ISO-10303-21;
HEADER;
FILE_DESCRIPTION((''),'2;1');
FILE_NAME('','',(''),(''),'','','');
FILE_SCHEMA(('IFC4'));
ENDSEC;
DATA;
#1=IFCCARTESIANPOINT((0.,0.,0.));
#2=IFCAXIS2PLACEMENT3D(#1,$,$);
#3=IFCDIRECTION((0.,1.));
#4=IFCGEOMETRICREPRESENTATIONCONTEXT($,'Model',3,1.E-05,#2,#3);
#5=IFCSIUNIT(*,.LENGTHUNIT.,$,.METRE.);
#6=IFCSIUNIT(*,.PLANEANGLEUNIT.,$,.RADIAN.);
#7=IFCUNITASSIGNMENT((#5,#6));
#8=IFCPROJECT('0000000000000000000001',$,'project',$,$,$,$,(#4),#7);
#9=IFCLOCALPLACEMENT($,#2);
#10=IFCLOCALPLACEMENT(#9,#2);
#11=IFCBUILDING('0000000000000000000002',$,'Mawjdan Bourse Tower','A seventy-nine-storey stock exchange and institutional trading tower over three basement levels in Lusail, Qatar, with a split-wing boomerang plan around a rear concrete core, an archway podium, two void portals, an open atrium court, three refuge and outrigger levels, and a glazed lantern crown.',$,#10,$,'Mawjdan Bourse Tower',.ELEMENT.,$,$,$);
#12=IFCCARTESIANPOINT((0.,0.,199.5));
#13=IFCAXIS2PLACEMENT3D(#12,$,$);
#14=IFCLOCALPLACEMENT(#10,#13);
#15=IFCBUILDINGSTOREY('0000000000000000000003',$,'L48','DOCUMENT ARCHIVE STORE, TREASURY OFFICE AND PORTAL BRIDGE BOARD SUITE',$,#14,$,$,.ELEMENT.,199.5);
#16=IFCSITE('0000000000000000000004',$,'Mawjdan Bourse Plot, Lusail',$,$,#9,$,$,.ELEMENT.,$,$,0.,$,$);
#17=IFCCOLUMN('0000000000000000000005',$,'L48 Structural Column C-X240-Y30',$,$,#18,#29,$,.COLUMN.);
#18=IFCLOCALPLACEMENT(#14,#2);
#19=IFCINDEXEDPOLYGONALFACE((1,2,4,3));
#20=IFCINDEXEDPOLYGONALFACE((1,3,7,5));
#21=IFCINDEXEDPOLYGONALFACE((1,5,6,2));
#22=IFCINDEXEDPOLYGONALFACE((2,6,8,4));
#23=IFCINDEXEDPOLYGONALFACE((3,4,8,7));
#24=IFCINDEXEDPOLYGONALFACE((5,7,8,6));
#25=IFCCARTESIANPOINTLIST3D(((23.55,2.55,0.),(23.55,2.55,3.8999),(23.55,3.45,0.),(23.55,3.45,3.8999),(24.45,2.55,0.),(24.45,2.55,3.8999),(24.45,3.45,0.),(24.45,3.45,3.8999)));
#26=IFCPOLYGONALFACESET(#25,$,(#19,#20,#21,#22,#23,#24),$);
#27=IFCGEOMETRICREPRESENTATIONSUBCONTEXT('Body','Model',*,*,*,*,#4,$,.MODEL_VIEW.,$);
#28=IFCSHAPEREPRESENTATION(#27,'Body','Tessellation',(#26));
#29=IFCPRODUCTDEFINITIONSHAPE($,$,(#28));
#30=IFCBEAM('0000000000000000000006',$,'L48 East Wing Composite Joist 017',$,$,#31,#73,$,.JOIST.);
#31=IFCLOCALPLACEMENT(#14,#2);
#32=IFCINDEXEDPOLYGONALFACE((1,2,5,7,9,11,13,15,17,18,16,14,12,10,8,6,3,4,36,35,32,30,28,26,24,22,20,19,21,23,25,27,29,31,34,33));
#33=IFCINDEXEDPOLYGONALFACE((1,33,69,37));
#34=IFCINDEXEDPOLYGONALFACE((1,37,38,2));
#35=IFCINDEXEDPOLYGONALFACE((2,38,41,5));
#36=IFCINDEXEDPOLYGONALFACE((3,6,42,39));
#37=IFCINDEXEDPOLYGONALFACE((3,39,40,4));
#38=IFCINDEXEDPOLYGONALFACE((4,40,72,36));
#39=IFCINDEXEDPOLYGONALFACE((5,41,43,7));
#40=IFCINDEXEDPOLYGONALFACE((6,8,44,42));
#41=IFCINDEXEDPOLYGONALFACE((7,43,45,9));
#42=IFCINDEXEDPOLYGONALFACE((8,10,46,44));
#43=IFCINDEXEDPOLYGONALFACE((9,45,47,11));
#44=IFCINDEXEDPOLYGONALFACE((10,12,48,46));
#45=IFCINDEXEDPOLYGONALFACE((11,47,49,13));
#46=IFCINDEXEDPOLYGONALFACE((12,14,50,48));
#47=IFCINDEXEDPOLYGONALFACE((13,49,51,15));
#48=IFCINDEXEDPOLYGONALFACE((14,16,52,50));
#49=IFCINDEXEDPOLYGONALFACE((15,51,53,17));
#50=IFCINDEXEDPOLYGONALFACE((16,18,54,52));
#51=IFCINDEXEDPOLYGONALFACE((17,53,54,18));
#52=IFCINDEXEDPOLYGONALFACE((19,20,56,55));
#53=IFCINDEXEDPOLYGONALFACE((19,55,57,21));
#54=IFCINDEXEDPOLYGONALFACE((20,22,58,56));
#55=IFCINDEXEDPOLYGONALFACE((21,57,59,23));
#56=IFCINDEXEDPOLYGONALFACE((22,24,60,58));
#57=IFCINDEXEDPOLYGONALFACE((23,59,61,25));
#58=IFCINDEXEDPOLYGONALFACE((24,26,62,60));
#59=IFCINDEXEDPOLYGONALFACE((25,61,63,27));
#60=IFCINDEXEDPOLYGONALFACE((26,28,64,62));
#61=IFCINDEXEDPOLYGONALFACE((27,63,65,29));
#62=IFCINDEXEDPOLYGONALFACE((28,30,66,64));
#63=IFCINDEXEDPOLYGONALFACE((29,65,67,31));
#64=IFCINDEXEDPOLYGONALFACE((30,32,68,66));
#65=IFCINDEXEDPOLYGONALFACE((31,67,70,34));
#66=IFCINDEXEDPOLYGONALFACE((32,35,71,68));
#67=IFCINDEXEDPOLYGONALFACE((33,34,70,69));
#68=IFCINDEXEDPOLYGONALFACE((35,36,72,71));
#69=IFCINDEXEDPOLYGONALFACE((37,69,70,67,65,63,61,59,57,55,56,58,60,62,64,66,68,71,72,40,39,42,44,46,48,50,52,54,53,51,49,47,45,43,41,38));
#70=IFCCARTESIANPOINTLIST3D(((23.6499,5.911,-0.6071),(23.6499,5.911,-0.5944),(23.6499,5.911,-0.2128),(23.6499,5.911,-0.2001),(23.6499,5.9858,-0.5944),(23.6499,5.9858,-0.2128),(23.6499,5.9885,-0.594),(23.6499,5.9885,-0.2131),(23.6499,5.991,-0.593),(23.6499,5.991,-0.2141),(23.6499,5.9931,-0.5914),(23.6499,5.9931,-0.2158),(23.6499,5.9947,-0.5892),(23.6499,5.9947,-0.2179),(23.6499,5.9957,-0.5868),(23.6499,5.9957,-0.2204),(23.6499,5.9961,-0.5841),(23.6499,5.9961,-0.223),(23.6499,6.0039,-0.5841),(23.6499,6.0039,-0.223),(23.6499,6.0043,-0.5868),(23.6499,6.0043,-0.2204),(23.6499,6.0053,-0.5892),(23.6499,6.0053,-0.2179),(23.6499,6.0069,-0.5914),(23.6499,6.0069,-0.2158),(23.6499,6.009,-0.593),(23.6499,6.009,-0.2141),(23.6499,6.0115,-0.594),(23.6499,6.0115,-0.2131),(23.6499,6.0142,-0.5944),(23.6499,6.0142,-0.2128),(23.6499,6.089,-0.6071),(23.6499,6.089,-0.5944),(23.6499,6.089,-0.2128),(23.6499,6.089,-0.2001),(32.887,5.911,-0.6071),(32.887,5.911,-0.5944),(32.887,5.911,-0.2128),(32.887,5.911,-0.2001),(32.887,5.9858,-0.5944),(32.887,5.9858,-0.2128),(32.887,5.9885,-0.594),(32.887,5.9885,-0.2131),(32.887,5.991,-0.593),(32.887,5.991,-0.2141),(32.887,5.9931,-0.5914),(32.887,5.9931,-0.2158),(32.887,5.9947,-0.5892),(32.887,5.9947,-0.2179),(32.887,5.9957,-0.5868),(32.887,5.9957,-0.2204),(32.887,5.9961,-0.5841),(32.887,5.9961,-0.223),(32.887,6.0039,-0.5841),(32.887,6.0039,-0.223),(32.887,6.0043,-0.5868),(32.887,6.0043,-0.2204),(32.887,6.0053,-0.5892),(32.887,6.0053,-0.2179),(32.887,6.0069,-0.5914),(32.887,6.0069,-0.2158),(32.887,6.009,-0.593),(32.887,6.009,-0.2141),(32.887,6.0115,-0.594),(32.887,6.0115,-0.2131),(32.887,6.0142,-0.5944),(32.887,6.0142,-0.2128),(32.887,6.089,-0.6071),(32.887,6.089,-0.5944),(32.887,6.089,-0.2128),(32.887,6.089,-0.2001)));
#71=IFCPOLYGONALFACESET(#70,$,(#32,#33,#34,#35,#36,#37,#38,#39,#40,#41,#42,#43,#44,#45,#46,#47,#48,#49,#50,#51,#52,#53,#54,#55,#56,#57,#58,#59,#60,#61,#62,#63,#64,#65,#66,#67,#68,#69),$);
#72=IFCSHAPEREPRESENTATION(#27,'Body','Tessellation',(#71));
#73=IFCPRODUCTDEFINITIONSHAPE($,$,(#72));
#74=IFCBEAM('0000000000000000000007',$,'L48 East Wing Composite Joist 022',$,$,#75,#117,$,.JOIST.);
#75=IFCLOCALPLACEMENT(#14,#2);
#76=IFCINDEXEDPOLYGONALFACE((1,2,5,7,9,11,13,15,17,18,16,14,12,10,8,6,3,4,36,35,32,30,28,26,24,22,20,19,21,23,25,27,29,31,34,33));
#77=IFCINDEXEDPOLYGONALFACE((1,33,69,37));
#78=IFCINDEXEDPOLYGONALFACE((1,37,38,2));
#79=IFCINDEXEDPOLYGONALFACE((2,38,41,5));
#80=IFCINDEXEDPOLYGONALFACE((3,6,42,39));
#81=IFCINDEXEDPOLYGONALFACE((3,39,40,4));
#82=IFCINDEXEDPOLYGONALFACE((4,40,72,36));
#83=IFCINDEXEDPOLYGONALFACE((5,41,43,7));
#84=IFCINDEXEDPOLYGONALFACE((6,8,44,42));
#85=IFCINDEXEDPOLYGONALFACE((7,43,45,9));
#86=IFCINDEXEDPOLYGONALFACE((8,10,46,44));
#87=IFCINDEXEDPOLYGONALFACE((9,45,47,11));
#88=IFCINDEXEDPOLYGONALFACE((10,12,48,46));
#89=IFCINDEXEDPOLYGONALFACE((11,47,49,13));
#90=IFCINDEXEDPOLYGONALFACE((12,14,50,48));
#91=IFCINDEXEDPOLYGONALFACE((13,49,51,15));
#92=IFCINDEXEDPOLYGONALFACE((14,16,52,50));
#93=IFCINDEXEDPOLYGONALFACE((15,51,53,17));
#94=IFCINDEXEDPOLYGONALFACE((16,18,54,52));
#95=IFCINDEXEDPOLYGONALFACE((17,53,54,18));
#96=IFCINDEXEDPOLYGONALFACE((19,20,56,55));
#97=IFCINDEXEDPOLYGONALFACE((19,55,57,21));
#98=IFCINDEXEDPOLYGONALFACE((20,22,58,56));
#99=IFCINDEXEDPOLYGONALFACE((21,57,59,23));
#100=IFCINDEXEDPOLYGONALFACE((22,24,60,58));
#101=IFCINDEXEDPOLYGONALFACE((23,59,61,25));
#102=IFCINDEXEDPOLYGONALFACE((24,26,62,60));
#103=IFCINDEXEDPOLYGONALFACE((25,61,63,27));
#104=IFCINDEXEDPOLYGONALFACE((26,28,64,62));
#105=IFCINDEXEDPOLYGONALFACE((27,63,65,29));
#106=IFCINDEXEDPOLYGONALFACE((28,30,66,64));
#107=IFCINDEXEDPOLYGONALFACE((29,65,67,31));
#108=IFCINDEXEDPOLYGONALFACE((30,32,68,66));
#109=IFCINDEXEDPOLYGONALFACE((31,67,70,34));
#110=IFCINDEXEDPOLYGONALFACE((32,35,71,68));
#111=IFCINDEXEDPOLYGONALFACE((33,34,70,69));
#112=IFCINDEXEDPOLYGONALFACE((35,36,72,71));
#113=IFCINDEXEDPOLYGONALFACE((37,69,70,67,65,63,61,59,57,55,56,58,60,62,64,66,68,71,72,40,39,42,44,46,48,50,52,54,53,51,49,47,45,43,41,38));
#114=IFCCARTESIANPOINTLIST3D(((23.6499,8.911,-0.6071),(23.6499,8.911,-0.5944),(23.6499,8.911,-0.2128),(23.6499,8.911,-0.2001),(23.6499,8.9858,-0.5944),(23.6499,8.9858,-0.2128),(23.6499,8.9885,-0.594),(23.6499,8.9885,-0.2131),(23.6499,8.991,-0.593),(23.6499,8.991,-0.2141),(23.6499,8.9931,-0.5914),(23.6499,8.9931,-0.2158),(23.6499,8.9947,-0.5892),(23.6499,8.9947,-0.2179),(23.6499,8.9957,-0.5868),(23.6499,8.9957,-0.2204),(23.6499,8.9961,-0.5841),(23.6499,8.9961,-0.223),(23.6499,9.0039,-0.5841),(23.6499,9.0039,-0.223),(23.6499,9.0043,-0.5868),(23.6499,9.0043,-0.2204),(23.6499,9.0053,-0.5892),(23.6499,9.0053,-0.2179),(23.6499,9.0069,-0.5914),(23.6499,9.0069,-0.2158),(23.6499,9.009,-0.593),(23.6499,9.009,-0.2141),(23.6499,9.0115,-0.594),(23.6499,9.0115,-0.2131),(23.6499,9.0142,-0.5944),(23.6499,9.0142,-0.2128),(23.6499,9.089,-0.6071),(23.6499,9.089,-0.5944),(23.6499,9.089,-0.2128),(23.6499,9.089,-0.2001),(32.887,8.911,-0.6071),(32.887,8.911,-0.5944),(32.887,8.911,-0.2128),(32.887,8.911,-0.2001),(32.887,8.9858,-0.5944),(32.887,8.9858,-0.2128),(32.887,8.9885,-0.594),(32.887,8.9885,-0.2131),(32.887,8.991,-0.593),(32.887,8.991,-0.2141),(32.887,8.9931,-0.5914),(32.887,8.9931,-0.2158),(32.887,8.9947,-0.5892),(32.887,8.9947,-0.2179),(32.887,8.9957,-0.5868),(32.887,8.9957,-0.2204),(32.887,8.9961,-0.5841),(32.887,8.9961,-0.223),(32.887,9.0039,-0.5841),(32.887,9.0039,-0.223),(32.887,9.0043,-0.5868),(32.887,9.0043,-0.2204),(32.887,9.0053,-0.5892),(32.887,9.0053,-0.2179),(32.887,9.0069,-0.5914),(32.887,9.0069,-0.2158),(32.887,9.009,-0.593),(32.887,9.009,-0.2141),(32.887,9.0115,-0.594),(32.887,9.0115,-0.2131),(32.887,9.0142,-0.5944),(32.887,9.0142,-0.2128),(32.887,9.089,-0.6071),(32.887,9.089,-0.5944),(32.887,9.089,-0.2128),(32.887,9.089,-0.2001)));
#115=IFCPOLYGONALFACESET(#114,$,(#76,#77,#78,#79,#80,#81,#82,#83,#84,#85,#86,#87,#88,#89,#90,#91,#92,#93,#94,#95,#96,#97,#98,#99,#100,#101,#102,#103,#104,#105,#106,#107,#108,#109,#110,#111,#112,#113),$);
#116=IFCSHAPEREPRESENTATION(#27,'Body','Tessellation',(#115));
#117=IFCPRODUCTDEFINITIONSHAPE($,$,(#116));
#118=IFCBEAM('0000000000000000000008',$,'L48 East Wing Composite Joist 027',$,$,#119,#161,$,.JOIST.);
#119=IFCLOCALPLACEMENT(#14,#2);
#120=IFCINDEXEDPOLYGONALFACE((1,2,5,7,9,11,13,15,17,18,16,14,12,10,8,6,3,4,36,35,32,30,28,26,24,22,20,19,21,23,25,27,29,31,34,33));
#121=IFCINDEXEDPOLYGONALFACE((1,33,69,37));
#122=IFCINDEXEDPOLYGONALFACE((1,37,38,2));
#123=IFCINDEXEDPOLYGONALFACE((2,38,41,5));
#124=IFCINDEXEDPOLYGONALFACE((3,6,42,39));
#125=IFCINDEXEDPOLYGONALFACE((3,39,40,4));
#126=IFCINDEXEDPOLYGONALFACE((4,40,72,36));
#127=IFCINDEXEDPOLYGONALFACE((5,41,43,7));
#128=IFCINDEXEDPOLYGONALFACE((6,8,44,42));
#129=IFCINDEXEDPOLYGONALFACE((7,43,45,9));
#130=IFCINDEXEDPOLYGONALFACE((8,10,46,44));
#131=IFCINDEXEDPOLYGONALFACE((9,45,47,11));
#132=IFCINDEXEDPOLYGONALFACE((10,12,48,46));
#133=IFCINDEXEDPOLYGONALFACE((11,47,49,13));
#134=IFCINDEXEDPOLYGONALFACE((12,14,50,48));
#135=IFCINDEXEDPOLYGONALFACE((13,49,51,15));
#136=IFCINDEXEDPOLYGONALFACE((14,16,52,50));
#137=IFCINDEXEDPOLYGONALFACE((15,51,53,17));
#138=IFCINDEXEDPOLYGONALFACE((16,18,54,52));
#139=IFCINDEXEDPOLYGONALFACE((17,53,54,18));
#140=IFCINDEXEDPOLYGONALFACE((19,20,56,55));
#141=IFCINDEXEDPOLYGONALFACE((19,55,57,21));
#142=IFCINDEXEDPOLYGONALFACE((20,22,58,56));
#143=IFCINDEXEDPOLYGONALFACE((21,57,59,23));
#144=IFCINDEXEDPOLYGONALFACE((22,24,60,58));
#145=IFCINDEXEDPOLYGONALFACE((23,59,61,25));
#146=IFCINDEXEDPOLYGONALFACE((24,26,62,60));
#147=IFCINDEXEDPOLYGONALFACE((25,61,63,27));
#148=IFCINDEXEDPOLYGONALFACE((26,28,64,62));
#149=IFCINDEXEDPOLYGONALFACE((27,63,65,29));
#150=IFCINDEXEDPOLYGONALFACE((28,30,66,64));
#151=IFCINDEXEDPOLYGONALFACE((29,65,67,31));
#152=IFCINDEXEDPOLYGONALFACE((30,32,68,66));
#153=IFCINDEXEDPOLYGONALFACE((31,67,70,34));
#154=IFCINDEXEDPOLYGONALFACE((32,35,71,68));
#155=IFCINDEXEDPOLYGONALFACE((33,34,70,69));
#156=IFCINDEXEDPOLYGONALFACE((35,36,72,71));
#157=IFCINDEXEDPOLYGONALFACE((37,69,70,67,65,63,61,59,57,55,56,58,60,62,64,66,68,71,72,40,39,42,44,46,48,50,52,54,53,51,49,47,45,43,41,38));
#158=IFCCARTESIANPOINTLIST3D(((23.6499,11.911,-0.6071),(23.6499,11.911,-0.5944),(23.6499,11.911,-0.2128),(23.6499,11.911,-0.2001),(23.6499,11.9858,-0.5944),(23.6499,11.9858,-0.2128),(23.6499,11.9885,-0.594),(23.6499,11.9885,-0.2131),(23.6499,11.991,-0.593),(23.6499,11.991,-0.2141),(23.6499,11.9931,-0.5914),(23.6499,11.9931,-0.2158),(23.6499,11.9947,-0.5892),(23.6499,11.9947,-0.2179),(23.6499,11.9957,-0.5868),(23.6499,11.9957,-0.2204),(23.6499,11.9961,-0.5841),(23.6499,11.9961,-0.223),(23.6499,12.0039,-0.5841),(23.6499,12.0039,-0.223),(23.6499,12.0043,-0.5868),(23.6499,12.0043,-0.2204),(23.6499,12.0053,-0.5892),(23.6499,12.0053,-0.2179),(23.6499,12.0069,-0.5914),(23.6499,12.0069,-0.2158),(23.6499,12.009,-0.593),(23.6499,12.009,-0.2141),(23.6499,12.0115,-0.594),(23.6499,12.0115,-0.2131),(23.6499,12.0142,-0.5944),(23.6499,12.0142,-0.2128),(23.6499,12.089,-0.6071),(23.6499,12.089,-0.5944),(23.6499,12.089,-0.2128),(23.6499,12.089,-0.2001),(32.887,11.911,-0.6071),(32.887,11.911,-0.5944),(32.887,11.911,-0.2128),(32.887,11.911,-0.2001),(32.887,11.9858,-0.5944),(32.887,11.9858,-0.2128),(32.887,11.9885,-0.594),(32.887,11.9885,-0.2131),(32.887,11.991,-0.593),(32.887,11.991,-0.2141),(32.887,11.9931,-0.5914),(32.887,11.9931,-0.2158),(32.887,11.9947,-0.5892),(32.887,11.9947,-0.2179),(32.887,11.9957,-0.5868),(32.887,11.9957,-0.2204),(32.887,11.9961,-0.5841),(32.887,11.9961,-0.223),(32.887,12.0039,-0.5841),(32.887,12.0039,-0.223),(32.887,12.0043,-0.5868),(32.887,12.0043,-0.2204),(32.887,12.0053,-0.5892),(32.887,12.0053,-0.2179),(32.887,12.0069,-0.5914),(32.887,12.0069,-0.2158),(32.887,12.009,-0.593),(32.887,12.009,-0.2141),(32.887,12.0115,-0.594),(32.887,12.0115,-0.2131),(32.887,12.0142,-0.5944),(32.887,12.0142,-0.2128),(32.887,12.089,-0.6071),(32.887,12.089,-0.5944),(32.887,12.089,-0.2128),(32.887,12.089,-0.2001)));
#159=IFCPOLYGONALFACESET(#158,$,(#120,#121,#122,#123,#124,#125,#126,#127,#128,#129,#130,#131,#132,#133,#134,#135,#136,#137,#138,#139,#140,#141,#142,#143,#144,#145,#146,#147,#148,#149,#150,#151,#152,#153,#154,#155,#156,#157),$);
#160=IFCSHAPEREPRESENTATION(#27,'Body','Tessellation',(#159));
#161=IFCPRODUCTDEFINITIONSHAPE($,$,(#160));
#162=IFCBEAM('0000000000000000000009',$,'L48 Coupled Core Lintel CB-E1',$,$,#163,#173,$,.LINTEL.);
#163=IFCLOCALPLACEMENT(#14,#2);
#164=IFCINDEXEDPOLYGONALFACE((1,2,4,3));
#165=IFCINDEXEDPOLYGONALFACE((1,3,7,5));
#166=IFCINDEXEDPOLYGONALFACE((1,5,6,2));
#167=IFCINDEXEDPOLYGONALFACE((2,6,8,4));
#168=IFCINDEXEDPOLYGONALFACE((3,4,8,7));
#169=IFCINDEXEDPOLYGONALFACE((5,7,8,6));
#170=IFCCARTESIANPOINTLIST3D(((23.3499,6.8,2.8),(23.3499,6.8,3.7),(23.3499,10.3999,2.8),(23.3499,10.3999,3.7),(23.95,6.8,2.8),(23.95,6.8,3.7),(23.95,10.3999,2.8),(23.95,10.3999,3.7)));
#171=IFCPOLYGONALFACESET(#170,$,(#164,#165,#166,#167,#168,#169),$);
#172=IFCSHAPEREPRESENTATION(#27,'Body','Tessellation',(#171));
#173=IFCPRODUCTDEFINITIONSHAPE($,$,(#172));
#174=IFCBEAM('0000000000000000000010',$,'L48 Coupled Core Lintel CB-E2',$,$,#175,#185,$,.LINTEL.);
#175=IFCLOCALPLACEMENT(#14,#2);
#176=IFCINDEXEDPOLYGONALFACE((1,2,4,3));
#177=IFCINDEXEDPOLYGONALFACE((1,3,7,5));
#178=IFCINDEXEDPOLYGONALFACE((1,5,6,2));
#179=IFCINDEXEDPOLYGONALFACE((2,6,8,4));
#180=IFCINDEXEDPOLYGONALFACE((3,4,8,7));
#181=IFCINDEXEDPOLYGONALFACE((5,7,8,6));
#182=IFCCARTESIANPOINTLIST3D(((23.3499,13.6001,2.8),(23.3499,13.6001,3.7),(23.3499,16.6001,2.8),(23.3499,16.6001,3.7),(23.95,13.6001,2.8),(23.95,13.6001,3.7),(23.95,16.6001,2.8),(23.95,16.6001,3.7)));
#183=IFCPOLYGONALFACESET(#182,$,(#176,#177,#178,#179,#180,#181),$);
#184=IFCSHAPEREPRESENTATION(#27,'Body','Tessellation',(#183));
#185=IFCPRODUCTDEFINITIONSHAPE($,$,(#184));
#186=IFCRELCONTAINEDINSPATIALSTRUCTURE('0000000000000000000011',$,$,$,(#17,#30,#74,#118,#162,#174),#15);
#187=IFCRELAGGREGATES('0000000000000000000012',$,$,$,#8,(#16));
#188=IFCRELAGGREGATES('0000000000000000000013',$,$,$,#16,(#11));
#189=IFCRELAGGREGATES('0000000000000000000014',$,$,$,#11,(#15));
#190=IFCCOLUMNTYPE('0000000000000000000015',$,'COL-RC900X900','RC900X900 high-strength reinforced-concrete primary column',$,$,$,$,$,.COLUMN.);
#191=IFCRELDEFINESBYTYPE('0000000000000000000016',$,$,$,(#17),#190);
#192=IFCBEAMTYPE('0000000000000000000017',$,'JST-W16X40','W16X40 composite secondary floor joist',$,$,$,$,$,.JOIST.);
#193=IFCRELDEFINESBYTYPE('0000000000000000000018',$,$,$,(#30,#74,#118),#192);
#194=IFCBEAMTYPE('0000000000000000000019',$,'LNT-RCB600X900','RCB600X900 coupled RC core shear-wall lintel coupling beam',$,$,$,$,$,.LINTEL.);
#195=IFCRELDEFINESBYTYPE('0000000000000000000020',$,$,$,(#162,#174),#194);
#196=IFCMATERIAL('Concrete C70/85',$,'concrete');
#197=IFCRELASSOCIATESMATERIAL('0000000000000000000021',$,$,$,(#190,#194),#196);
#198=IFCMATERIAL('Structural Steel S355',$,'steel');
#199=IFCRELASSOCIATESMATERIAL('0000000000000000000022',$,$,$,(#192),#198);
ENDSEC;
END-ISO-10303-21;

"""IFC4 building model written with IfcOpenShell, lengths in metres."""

from ifc_helpers import new_model, si_unit, direction, frame, origin, origin_2d, place, context, subcontext, project, spatial, rectangle, i_section, extrude, material, material_profile, profile_set, type_object, element, save


model = new_model("IFC4")

# Units and contexts
model_context = context("Model", 3, precision=1e-05, world=origin(), true_north=direction((0.0, 1.0)))
body_context = subcontext(model_context, "Body", "Model", "MODEL_VIEW")
ifc_project = project(units=[si_unit("LENGTHUNIT", "METRE"), si_unit("PLANEANGLEUNIT", "RADIAN")], contexts=[model_context])

# Site, building, storey
site_placement = place(None, origin())
site = spatial("IfcSite", under=ifc_project, at=site_placement, Name="Mawjdan Bourse Plot, Lusail", CompositionType="ELEMENT", RefElevation=0.0)
building_placement = place(site_placement, origin())
building = spatial("IfcBuilding", under=site, at=building_placement, Name="Mawjdan Bourse Tower", Description="A seventy-nine-storey stock exchange and institutional trading tower over three basement levels in Lusail, Qatar, with a split-wing boomerang plan around a rear concrete core, an archway podium, two void portals, an open atrium court, three refuge and outrigger levels, and a glazed lantern crown.", LongName="Mawjdan Bourse Tower", CompositionType="ELEMENT")
storey_placement = place(building_placement, frame((0.0, 0.0, 199.5)))
storey = spatial("IfcBuildingStorey", under=building, at=storey_placement, Name="L48", Description="DOCUMENT ARCHIVE STORE, TREASURY OFFICE AND PORTAL BRIDGE BOARD SUITE", CompositionType="ELEMENT", Elevation=199.5)

# Column
ifc_material_1 = material(Name="Concrete C70/85", Category="concrete")
ifc_material_profile_1 = material_profile(ifc_material_1, rectangle(XDim=0.8999, YDim=0.8999, at=origin_2d()), Name="RC900X900")
ifc_profile_set_1 = profile_set([ifc_material_profile_1], Name="Concrete C70/85")
column_type = type_object("IfcColumnType", Name="COL-RC900X900", Description="RC900X900 high-strength reinforced-concrete primary column", PredefinedType="COLUMN", material=ifc_profile_set_1)
column_placement = place(storey_placement, frame((24.0, 3.0, 0.0), z_axis=(0.0, 0.0, 1.0), x_axis=(1.0, 0.0, 0.0)))
element("IfcColumn", 1, at=column_placement, inside=storey, type_object=column_type, Name="L48 Structural Column C-X240-Y30", PredefinedType="COLUMN", context=body_context, shape_type="SweptSolid", body=[
    extrude(rectangle(XDim=0.8999, YDim=0.8999, at=origin_2d()), origin(), (0.0, 0.0, 1.0), 3.8999),
])

# Beams
ifc_material_2 = material(Name="Structural Steel S355", Category="steel")
ifc_material_profile_2 = material_profile(ifc_material_2, i_section(OverallWidth=0.178, OverallDepth=0.407, WebThickness=0.0078, FlangeThickness=0.0127, FilletRadius=0.0103, at=origin_2d()), Name="W16X40")
ifc_profile_set_2 = profile_set([ifc_material_profile_2], Name="Structural Steel S355")
beam_type_1 = type_object("IfcBeamType", Name="JST-W16X40", Description="W16X40 composite secondary floor joist", PredefinedType="JOIST", material=ifc_profile_set_2)
for number, where, z_axis, x_axis, name in (
    (2, (23.6499, 6.0, -0.4036), (1.0, 0.0, 0.0), (0.0, 1.0, 0.0), "L48 East Wing Composite Joist 017"),
    (3, (23.6499, 9.0, -0.4036), (1.0, 0.0, 0.0), (0.0, 1.0, 0.0), "L48 East Wing Composite Joist 022"),
    (4, (23.6499, 12.0, -0.4036), (1.0, 0.0, 0.0), (0.0, 1.0, 0.0), "L48 East Wing Composite Joist 027"),
):
    element("IfcBeam", number, at=place(storey_placement, frame(where, z_axis=z_axis, x_axis=x_axis)), inside=storey, type_object=beam_type_1, Name=name, PredefinedType="JOIST", context=body_context, shape_type="SweptSolid", body=[
        extrude(i_section(OverallWidth=0.178, OverallDepth=0.407, WebThickness=0.0078, FlangeThickness=0.0127, FilletRadius=0.0103, at=origin_2d()), origin(), (0.0, 0.0, 1.0), 9.2371),
    ])
ifc_material_profile_3 = material_profile(ifc_material_1, rectangle(XDim=0.6001, YDim=0.8999, at=origin_2d()), Name="RCB600X900")
ifc_profile_set_3 = profile_set([ifc_material_profile_3], Name="Concrete C70/85")
beam_type_2 = type_object("IfcBeamType", Name="LNT-RCB600X900", Description="RCB600X900 coupled RC core shear-wall lintel coupling beam", PredefinedType="LINTEL", material=ifc_profile_set_3)
beam_1_placement = place(storey_placement, frame((23.6499, 6.8, 3.25), z_axis=(0.0, 1.0, 0.0), x_axis=(-1.0, 0.0, 0.0)))
element("IfcBeam", 5, at=beam_1_placement, inside=storey, type_object=beam_type_2, Name="L48 Coupled Core Lintel CB-E1", PredefinedType="LINTEL", context=body_context, shape_type="SweptSolid", body=[
    extrude(rectangle(XDim=0.6001, YDim=0.8999, at=origin_2d()), origin(), (0.0, 0.0, 1.0), 3.5999),
])
beam_2_placement = place(storey_placement, frame((23.6499, 13.6001, 3.25), z_axis=(0.0, 1.0, 0.0), x_axis=(-1.0, 0.0, 0.0)))
element("IfcBeam", 6, at=beam_2_placement, inside=storey, type_object=beam_type_2, Name="L48 Coupled Core Lintel CB-E2", PredefinedType="LINTEL", context=body_context, shape_type="SweptSolid", body=[
    extrude(rectangle(XDim=0.6001, YDim=0.8999, at=origin_2d()), origin(), (0.0, 0.0, 1.0), 3.0),
])

save(model, "model.ifc")
